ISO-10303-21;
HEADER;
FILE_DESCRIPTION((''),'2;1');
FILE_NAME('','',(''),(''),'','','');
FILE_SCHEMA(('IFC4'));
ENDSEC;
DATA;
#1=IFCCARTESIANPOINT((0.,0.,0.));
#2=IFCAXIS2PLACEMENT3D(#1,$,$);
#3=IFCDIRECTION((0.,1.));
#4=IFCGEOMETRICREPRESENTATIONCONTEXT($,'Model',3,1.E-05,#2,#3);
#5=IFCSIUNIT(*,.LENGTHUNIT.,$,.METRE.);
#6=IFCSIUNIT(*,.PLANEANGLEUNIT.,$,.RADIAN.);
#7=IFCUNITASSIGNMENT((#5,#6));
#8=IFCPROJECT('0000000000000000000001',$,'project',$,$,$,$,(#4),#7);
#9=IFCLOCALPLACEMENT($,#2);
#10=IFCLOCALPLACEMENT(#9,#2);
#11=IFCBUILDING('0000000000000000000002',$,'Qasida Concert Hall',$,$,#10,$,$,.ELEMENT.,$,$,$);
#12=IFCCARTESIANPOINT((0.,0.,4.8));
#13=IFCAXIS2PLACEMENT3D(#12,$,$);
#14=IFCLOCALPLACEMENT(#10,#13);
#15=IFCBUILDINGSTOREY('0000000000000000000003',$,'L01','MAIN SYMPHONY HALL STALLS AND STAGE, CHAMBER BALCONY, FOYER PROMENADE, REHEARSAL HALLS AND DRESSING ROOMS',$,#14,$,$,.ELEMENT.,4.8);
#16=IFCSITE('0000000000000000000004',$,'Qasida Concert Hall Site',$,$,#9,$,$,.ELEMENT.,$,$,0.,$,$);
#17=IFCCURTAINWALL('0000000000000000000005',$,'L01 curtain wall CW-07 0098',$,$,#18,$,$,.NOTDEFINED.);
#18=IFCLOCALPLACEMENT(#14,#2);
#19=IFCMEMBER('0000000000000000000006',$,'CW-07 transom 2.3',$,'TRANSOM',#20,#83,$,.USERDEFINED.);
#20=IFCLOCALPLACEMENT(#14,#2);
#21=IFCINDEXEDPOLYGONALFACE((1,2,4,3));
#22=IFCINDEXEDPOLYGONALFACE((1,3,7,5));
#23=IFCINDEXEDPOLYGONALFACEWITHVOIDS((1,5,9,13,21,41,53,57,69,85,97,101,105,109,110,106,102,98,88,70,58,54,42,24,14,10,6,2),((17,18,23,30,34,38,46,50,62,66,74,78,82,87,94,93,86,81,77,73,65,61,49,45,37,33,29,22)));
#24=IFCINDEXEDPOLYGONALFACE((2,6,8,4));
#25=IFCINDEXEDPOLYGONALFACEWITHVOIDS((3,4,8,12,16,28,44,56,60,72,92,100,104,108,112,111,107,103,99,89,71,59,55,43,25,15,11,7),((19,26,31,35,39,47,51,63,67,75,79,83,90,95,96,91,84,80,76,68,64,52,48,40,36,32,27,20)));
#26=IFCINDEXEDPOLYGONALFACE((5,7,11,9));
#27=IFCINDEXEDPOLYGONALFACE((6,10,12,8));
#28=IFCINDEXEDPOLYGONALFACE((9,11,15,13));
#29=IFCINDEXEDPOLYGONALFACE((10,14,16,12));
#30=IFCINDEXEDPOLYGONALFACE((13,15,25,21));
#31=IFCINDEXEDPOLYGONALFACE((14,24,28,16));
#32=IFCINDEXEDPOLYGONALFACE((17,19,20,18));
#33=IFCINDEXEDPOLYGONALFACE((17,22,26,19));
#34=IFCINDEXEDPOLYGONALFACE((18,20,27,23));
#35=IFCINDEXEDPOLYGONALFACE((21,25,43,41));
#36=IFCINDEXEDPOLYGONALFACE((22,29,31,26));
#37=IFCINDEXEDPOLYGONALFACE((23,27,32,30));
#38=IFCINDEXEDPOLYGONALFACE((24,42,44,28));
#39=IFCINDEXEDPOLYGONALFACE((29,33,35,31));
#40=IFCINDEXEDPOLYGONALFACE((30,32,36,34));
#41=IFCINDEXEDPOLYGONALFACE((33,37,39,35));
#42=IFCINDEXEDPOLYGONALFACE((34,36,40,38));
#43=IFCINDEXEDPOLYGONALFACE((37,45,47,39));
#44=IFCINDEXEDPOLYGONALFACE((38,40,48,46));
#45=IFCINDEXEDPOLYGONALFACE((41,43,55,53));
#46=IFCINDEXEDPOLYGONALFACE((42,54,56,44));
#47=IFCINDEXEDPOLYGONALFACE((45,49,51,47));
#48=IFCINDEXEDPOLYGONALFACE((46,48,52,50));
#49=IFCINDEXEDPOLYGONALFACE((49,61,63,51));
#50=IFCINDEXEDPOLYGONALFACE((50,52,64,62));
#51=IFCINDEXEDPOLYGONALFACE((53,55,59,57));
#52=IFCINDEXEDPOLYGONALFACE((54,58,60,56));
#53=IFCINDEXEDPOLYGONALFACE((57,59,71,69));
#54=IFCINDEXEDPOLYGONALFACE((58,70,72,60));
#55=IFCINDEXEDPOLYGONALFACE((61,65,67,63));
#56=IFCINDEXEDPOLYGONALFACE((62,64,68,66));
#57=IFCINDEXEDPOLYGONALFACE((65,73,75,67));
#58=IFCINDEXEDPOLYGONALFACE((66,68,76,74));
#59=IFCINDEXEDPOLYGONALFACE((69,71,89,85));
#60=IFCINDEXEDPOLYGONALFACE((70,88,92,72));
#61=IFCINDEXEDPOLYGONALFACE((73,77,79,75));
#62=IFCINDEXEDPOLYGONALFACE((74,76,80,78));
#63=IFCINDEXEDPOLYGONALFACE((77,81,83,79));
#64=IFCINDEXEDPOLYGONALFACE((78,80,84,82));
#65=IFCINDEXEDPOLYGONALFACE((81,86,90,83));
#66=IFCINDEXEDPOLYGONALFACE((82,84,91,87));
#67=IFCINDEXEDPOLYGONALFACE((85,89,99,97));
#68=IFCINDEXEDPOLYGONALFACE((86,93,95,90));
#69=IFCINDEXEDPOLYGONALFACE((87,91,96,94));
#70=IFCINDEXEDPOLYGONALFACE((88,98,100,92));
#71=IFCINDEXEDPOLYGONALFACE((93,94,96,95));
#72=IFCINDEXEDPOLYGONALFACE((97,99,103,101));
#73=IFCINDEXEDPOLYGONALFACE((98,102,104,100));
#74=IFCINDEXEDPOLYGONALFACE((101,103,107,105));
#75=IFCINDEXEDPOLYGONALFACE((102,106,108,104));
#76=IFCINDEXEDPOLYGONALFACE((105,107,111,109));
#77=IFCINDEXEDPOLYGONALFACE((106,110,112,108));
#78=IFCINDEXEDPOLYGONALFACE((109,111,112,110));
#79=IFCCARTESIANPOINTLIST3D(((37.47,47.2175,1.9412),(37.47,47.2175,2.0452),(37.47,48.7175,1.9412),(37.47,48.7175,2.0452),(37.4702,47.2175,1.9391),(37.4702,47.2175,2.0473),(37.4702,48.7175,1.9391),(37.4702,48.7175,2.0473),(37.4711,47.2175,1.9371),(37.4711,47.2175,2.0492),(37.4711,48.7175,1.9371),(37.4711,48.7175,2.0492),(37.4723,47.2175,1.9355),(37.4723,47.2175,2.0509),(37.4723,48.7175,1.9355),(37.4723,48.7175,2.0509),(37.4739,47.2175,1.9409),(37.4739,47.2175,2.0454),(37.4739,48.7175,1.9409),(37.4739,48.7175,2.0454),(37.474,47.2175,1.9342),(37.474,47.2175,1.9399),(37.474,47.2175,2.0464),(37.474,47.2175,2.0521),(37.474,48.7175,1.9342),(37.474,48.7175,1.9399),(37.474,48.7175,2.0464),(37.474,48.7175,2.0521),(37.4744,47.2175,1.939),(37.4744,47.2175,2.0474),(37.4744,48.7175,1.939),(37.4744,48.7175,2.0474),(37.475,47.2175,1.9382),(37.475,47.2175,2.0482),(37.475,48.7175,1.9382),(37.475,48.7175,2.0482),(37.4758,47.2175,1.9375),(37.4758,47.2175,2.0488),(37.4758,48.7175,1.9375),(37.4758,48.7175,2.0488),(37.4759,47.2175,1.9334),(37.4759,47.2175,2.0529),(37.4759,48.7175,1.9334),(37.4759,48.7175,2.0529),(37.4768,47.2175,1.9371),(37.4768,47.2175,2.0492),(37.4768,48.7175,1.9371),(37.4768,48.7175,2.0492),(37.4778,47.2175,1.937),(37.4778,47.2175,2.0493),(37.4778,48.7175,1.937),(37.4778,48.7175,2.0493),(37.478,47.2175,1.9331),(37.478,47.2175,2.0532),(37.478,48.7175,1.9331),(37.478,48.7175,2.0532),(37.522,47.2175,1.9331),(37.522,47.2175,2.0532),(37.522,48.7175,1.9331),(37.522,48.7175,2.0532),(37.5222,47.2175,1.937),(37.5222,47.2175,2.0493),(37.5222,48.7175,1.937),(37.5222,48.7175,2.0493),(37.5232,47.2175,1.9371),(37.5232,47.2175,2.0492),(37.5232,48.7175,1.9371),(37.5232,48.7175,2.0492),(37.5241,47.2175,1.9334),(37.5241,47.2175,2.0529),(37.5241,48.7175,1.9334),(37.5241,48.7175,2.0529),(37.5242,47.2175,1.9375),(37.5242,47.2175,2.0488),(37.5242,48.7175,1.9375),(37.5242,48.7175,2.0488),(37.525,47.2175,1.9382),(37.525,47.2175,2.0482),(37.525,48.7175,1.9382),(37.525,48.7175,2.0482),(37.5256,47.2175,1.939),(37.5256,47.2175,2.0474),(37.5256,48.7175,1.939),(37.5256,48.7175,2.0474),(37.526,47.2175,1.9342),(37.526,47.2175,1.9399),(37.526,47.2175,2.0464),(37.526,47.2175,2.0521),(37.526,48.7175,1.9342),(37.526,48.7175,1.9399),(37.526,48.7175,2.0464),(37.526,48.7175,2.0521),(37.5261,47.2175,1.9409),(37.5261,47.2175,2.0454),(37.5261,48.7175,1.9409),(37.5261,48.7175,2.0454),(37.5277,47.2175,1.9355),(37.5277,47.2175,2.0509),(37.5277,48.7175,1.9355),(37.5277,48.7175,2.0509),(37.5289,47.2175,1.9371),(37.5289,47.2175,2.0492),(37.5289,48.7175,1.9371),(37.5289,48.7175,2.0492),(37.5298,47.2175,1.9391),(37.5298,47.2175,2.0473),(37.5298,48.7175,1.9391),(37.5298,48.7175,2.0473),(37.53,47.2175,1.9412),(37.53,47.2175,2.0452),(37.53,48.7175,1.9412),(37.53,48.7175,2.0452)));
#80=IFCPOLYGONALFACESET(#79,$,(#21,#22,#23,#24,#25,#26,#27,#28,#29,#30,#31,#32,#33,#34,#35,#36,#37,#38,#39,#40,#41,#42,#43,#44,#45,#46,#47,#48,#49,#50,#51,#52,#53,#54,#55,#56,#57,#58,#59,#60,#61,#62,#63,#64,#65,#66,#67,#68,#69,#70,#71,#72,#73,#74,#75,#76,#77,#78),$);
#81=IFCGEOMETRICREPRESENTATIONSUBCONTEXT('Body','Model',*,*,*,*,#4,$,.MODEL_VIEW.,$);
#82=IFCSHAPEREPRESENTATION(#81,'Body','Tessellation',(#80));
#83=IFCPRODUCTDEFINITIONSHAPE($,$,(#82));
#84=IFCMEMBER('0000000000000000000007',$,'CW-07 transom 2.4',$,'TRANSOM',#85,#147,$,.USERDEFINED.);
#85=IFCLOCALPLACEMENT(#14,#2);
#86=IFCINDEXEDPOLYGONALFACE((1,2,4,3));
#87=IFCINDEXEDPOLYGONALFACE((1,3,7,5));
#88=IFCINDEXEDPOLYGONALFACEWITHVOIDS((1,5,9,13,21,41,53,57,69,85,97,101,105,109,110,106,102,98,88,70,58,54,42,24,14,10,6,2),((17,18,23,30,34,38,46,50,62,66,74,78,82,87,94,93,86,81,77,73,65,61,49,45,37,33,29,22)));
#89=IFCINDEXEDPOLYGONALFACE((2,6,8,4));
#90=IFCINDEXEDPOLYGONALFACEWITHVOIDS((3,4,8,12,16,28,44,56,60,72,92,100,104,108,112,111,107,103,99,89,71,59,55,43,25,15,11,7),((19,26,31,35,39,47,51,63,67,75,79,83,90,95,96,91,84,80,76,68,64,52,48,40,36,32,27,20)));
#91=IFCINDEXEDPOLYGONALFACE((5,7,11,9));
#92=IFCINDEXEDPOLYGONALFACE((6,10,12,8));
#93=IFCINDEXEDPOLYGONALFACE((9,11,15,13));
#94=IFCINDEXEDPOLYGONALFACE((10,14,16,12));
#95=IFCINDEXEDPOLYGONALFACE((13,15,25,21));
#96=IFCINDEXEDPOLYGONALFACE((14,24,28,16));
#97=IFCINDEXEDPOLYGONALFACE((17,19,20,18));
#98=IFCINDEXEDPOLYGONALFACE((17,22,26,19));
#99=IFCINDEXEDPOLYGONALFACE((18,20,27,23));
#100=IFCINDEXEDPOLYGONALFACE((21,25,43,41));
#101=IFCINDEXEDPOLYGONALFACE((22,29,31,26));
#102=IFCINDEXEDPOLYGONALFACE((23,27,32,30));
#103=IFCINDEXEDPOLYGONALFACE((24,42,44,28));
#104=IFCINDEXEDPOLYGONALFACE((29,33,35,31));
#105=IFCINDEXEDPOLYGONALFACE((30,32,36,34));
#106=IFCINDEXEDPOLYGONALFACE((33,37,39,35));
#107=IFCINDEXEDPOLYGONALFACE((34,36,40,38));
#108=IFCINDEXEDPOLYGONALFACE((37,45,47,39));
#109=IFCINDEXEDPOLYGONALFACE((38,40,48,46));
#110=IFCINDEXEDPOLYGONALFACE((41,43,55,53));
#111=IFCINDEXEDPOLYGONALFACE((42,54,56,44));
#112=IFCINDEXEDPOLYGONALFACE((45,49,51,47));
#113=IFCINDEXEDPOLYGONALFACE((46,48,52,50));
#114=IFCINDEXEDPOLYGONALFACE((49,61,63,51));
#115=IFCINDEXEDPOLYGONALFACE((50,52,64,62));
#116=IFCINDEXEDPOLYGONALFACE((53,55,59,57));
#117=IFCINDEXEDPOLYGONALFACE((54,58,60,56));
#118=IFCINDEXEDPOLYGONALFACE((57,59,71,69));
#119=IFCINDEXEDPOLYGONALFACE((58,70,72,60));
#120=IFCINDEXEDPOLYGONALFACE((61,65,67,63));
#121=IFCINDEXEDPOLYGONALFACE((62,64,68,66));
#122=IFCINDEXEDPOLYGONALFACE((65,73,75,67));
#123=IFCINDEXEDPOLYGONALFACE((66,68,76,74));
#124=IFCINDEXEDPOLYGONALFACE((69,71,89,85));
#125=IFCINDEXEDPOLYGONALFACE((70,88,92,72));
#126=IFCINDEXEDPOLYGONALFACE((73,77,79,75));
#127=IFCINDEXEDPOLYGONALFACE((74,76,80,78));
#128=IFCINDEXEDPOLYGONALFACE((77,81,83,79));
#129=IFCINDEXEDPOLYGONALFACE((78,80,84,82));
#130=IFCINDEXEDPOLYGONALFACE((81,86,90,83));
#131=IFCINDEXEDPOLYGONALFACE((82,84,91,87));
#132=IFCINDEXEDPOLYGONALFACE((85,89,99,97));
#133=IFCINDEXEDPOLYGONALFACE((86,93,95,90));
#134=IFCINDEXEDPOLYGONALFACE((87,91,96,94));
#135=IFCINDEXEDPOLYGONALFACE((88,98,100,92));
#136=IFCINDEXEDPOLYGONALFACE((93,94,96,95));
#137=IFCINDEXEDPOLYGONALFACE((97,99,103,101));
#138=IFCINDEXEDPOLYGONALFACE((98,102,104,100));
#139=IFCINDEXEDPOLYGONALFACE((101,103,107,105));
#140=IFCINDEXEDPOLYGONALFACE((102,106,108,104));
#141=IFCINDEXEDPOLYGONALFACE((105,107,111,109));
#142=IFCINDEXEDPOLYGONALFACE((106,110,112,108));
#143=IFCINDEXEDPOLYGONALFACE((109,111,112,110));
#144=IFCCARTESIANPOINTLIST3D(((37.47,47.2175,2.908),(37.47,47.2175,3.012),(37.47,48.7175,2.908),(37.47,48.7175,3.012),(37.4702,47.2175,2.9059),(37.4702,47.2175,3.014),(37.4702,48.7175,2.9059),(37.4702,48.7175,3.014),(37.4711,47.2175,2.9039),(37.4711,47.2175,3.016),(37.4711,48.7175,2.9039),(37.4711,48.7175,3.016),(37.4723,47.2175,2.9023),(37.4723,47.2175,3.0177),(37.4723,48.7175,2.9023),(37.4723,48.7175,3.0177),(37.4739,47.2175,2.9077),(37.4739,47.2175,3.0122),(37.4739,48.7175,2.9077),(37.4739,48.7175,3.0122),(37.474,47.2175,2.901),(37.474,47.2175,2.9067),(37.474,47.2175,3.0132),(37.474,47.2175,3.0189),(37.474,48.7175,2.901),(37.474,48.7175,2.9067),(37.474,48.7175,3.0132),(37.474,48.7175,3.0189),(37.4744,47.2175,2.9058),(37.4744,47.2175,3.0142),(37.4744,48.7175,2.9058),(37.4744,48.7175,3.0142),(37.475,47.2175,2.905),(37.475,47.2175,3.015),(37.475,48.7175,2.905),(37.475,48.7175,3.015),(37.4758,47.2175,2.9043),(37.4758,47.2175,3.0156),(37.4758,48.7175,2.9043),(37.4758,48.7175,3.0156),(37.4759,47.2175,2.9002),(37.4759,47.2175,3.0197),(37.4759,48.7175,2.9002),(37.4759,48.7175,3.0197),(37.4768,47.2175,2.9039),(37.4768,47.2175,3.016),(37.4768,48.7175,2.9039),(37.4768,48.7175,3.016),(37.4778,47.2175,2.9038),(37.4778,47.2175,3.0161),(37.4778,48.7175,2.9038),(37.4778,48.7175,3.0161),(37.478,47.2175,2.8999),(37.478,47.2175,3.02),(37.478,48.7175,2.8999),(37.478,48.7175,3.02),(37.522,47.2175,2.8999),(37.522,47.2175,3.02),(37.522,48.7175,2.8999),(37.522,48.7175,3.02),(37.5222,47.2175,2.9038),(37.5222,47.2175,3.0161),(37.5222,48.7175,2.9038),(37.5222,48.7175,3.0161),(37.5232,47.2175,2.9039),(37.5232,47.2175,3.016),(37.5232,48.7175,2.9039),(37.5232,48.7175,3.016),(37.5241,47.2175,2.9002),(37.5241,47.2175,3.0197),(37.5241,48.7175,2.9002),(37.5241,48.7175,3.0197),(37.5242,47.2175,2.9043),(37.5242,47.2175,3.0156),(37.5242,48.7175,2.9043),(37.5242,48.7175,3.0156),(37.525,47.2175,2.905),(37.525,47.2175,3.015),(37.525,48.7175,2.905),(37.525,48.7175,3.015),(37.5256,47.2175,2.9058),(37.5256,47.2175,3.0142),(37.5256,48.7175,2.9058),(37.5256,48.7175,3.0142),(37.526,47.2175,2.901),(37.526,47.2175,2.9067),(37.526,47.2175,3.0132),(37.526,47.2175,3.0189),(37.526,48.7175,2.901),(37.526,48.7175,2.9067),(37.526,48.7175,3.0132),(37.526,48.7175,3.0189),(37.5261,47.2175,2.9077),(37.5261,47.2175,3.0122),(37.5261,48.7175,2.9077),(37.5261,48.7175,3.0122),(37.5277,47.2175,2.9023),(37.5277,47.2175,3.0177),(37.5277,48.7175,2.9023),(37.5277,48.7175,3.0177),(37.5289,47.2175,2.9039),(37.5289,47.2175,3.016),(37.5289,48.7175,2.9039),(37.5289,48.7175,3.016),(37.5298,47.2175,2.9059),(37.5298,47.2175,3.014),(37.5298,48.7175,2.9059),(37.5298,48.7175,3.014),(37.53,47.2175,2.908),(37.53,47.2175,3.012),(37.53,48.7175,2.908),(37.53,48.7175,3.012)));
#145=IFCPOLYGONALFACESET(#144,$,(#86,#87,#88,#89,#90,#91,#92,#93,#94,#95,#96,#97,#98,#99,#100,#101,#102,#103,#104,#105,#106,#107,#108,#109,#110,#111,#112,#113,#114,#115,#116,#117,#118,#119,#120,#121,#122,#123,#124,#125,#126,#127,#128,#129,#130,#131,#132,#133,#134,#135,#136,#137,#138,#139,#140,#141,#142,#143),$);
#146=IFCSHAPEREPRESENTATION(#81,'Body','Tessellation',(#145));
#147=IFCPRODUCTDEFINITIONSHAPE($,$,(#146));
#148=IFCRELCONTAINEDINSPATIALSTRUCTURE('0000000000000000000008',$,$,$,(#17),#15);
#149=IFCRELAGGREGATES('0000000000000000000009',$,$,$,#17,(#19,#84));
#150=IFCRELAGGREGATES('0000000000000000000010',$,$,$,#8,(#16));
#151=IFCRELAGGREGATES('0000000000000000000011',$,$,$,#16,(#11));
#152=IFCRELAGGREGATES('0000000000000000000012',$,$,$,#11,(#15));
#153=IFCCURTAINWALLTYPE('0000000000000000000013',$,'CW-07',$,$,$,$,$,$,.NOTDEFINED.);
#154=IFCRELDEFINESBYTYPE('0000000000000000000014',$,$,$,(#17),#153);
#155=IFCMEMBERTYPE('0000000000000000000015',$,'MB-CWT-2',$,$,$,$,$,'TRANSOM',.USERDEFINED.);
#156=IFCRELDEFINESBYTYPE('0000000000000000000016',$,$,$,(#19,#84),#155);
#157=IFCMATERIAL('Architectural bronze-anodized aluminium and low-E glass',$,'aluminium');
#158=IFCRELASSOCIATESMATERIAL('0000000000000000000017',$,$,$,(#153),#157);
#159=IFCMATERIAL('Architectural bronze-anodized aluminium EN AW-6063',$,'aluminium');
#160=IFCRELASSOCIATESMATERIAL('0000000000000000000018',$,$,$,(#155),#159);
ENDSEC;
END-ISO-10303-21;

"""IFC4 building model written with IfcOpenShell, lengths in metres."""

from ifc_helpers import new_model, si_unit, direction, frame, origin, origin_2d, place, context, subcontext, project, spatial, hollow_rectangle, extrude, material, material_profile, profile_set, type_object, element, aggregate, save


model = new_model("IFC4")

# Units and contexts
model_context = context("Model", 3, precision=1e-05, world=origin(), true_north=direction((0.0, 1.0)))
body_context = subcontext(model_context, "Body", "Model", "MODEL_VIEW")
ifc_project = project(units=[si_unit("LENGTHUNIT", "METRE"), si_unit("PLANEANGLEUNIT", "RADIAN")], contexts=[model_context])

# Site, building, storey
site_placement = place(None, origin())
site = spatial("IfcSite", under=ifc_project, at=site_placement, Name="Qasida Concert Hall Site", CompositionType="ELEMENT", RefElevation=0.0)
building_placement = place(site_placement, origin())
building = spatial("IfcBuilding", under=site, at=building_placement, Name="Qasida Concert Hall", CompositionType="ELEMENT")
storey_placement = place(building_placement, frame((0.0, 0.0, 4.8)))
storey = spatial("IfcBuildingStorey", under=building, at=storey_placement, Name="L01", Description="MAIN SYMPHONY HALL STALLS AND STAGE, CHAMBER BALCONY, FOYER PROMENADE, REHEARSAL HALLS AND DRESSING ROOMS", CompositionType="ELEMENT", Elevation=4.8)

# Curtain wall, members
ifc_material_1 = material(Name="Architectural bronze-anodized aluminium and low-E glass", Category="aluminium")
curtain_wall_type = type_object("IfcCurtainWallType", Name="CW-07", PredefinedType="NOTDEFINED", material=ifc_material_1)
curtain_wall_placement = place(storey_placement, origin())
curtain_wall = element("IfcCurtainWall", 1, at=curtain_wall_placement, inside=storey, type_object=curtain_wall_type, Name="L01 curtain wall CW-07 0098", PredefinedType="NOTDEFINED")
ifc_material_2 = material(Name="Architectural bronze-anodized aluminium EN AW-6063", Category="aluminium")
ifc_material_profile_1 = material_profile(ifc_material_2, hollow_rectangle(XDim=0.0601, YDim=0.1201, WallThickness=0.0039, InnerFilletRadius=0.0039, OuterFilletRadius=0.0081, at=origin_2d()), Name="CWT 120x60x4")
ifc_profile_set_1 = profile_set([ifc_material_profile_1], Name="Architectural bronze-anodized aluminium EN AW-6063")
member_type_1 = type_object("IfcMemberType", Name="MB-CWT-2", ElementType="TRANSOM", PredefinedType="USERDEFINED", material=ifc_profile_set_1)
member_1_placement = place(storey_placement, frame((37.5, 47.2175, 1.9932), z_axis=(0.0, 1.0, 0.0), x_axis=(-1.0, 0.0, 0.0)))
member_1 = element("IfcMember", 2, at=member_1_placement, type_object=member_type_1, Name="CW-07 transom 2.3", ObjectType="TRANSOM", PredefinedType="USERDEFINED", context=body_context, shape_type="SweptSolid", body=[
    extrude(hollow_rectangle(XDim=0.0601, YDim=0.1201, WallThickness=0.0039, InnerFilletRadius=0.0039, OuterFilletRadius=0.0081, at=origin_2d()), origin(), (0.0, 0.0, 1.0), 1.5),
])
member_2_placement = place(storey_placement, frame((37.5, 47.2175, 2.96), z_axis=(0.0, 1.0, 0.0), x_axis=(-1.0, 0.0, 0.0)))
member_2 = element("IfcMember", 3, at=member_2_placement, type_object=member_type_1, Name="CW-07 transom 2.4", ObjectType="TRANSOM", PredefinedType="USERDEFINED", context=body_context, shape_type="SweptSolid", body=[
    extrude(hollow_rectangle(XDim=0.0601, YDim=0.1201, WallThickness=0.0039, InnerFilletRadius=0.0039, OuterFilletRadius=0.0081, at=origin_2d()), origin(), (0.0, 0.0, 1.0), 1.5),
])
aggregate(curtain_wall, [member_1, member_2])

save(model, "model.ifc")
